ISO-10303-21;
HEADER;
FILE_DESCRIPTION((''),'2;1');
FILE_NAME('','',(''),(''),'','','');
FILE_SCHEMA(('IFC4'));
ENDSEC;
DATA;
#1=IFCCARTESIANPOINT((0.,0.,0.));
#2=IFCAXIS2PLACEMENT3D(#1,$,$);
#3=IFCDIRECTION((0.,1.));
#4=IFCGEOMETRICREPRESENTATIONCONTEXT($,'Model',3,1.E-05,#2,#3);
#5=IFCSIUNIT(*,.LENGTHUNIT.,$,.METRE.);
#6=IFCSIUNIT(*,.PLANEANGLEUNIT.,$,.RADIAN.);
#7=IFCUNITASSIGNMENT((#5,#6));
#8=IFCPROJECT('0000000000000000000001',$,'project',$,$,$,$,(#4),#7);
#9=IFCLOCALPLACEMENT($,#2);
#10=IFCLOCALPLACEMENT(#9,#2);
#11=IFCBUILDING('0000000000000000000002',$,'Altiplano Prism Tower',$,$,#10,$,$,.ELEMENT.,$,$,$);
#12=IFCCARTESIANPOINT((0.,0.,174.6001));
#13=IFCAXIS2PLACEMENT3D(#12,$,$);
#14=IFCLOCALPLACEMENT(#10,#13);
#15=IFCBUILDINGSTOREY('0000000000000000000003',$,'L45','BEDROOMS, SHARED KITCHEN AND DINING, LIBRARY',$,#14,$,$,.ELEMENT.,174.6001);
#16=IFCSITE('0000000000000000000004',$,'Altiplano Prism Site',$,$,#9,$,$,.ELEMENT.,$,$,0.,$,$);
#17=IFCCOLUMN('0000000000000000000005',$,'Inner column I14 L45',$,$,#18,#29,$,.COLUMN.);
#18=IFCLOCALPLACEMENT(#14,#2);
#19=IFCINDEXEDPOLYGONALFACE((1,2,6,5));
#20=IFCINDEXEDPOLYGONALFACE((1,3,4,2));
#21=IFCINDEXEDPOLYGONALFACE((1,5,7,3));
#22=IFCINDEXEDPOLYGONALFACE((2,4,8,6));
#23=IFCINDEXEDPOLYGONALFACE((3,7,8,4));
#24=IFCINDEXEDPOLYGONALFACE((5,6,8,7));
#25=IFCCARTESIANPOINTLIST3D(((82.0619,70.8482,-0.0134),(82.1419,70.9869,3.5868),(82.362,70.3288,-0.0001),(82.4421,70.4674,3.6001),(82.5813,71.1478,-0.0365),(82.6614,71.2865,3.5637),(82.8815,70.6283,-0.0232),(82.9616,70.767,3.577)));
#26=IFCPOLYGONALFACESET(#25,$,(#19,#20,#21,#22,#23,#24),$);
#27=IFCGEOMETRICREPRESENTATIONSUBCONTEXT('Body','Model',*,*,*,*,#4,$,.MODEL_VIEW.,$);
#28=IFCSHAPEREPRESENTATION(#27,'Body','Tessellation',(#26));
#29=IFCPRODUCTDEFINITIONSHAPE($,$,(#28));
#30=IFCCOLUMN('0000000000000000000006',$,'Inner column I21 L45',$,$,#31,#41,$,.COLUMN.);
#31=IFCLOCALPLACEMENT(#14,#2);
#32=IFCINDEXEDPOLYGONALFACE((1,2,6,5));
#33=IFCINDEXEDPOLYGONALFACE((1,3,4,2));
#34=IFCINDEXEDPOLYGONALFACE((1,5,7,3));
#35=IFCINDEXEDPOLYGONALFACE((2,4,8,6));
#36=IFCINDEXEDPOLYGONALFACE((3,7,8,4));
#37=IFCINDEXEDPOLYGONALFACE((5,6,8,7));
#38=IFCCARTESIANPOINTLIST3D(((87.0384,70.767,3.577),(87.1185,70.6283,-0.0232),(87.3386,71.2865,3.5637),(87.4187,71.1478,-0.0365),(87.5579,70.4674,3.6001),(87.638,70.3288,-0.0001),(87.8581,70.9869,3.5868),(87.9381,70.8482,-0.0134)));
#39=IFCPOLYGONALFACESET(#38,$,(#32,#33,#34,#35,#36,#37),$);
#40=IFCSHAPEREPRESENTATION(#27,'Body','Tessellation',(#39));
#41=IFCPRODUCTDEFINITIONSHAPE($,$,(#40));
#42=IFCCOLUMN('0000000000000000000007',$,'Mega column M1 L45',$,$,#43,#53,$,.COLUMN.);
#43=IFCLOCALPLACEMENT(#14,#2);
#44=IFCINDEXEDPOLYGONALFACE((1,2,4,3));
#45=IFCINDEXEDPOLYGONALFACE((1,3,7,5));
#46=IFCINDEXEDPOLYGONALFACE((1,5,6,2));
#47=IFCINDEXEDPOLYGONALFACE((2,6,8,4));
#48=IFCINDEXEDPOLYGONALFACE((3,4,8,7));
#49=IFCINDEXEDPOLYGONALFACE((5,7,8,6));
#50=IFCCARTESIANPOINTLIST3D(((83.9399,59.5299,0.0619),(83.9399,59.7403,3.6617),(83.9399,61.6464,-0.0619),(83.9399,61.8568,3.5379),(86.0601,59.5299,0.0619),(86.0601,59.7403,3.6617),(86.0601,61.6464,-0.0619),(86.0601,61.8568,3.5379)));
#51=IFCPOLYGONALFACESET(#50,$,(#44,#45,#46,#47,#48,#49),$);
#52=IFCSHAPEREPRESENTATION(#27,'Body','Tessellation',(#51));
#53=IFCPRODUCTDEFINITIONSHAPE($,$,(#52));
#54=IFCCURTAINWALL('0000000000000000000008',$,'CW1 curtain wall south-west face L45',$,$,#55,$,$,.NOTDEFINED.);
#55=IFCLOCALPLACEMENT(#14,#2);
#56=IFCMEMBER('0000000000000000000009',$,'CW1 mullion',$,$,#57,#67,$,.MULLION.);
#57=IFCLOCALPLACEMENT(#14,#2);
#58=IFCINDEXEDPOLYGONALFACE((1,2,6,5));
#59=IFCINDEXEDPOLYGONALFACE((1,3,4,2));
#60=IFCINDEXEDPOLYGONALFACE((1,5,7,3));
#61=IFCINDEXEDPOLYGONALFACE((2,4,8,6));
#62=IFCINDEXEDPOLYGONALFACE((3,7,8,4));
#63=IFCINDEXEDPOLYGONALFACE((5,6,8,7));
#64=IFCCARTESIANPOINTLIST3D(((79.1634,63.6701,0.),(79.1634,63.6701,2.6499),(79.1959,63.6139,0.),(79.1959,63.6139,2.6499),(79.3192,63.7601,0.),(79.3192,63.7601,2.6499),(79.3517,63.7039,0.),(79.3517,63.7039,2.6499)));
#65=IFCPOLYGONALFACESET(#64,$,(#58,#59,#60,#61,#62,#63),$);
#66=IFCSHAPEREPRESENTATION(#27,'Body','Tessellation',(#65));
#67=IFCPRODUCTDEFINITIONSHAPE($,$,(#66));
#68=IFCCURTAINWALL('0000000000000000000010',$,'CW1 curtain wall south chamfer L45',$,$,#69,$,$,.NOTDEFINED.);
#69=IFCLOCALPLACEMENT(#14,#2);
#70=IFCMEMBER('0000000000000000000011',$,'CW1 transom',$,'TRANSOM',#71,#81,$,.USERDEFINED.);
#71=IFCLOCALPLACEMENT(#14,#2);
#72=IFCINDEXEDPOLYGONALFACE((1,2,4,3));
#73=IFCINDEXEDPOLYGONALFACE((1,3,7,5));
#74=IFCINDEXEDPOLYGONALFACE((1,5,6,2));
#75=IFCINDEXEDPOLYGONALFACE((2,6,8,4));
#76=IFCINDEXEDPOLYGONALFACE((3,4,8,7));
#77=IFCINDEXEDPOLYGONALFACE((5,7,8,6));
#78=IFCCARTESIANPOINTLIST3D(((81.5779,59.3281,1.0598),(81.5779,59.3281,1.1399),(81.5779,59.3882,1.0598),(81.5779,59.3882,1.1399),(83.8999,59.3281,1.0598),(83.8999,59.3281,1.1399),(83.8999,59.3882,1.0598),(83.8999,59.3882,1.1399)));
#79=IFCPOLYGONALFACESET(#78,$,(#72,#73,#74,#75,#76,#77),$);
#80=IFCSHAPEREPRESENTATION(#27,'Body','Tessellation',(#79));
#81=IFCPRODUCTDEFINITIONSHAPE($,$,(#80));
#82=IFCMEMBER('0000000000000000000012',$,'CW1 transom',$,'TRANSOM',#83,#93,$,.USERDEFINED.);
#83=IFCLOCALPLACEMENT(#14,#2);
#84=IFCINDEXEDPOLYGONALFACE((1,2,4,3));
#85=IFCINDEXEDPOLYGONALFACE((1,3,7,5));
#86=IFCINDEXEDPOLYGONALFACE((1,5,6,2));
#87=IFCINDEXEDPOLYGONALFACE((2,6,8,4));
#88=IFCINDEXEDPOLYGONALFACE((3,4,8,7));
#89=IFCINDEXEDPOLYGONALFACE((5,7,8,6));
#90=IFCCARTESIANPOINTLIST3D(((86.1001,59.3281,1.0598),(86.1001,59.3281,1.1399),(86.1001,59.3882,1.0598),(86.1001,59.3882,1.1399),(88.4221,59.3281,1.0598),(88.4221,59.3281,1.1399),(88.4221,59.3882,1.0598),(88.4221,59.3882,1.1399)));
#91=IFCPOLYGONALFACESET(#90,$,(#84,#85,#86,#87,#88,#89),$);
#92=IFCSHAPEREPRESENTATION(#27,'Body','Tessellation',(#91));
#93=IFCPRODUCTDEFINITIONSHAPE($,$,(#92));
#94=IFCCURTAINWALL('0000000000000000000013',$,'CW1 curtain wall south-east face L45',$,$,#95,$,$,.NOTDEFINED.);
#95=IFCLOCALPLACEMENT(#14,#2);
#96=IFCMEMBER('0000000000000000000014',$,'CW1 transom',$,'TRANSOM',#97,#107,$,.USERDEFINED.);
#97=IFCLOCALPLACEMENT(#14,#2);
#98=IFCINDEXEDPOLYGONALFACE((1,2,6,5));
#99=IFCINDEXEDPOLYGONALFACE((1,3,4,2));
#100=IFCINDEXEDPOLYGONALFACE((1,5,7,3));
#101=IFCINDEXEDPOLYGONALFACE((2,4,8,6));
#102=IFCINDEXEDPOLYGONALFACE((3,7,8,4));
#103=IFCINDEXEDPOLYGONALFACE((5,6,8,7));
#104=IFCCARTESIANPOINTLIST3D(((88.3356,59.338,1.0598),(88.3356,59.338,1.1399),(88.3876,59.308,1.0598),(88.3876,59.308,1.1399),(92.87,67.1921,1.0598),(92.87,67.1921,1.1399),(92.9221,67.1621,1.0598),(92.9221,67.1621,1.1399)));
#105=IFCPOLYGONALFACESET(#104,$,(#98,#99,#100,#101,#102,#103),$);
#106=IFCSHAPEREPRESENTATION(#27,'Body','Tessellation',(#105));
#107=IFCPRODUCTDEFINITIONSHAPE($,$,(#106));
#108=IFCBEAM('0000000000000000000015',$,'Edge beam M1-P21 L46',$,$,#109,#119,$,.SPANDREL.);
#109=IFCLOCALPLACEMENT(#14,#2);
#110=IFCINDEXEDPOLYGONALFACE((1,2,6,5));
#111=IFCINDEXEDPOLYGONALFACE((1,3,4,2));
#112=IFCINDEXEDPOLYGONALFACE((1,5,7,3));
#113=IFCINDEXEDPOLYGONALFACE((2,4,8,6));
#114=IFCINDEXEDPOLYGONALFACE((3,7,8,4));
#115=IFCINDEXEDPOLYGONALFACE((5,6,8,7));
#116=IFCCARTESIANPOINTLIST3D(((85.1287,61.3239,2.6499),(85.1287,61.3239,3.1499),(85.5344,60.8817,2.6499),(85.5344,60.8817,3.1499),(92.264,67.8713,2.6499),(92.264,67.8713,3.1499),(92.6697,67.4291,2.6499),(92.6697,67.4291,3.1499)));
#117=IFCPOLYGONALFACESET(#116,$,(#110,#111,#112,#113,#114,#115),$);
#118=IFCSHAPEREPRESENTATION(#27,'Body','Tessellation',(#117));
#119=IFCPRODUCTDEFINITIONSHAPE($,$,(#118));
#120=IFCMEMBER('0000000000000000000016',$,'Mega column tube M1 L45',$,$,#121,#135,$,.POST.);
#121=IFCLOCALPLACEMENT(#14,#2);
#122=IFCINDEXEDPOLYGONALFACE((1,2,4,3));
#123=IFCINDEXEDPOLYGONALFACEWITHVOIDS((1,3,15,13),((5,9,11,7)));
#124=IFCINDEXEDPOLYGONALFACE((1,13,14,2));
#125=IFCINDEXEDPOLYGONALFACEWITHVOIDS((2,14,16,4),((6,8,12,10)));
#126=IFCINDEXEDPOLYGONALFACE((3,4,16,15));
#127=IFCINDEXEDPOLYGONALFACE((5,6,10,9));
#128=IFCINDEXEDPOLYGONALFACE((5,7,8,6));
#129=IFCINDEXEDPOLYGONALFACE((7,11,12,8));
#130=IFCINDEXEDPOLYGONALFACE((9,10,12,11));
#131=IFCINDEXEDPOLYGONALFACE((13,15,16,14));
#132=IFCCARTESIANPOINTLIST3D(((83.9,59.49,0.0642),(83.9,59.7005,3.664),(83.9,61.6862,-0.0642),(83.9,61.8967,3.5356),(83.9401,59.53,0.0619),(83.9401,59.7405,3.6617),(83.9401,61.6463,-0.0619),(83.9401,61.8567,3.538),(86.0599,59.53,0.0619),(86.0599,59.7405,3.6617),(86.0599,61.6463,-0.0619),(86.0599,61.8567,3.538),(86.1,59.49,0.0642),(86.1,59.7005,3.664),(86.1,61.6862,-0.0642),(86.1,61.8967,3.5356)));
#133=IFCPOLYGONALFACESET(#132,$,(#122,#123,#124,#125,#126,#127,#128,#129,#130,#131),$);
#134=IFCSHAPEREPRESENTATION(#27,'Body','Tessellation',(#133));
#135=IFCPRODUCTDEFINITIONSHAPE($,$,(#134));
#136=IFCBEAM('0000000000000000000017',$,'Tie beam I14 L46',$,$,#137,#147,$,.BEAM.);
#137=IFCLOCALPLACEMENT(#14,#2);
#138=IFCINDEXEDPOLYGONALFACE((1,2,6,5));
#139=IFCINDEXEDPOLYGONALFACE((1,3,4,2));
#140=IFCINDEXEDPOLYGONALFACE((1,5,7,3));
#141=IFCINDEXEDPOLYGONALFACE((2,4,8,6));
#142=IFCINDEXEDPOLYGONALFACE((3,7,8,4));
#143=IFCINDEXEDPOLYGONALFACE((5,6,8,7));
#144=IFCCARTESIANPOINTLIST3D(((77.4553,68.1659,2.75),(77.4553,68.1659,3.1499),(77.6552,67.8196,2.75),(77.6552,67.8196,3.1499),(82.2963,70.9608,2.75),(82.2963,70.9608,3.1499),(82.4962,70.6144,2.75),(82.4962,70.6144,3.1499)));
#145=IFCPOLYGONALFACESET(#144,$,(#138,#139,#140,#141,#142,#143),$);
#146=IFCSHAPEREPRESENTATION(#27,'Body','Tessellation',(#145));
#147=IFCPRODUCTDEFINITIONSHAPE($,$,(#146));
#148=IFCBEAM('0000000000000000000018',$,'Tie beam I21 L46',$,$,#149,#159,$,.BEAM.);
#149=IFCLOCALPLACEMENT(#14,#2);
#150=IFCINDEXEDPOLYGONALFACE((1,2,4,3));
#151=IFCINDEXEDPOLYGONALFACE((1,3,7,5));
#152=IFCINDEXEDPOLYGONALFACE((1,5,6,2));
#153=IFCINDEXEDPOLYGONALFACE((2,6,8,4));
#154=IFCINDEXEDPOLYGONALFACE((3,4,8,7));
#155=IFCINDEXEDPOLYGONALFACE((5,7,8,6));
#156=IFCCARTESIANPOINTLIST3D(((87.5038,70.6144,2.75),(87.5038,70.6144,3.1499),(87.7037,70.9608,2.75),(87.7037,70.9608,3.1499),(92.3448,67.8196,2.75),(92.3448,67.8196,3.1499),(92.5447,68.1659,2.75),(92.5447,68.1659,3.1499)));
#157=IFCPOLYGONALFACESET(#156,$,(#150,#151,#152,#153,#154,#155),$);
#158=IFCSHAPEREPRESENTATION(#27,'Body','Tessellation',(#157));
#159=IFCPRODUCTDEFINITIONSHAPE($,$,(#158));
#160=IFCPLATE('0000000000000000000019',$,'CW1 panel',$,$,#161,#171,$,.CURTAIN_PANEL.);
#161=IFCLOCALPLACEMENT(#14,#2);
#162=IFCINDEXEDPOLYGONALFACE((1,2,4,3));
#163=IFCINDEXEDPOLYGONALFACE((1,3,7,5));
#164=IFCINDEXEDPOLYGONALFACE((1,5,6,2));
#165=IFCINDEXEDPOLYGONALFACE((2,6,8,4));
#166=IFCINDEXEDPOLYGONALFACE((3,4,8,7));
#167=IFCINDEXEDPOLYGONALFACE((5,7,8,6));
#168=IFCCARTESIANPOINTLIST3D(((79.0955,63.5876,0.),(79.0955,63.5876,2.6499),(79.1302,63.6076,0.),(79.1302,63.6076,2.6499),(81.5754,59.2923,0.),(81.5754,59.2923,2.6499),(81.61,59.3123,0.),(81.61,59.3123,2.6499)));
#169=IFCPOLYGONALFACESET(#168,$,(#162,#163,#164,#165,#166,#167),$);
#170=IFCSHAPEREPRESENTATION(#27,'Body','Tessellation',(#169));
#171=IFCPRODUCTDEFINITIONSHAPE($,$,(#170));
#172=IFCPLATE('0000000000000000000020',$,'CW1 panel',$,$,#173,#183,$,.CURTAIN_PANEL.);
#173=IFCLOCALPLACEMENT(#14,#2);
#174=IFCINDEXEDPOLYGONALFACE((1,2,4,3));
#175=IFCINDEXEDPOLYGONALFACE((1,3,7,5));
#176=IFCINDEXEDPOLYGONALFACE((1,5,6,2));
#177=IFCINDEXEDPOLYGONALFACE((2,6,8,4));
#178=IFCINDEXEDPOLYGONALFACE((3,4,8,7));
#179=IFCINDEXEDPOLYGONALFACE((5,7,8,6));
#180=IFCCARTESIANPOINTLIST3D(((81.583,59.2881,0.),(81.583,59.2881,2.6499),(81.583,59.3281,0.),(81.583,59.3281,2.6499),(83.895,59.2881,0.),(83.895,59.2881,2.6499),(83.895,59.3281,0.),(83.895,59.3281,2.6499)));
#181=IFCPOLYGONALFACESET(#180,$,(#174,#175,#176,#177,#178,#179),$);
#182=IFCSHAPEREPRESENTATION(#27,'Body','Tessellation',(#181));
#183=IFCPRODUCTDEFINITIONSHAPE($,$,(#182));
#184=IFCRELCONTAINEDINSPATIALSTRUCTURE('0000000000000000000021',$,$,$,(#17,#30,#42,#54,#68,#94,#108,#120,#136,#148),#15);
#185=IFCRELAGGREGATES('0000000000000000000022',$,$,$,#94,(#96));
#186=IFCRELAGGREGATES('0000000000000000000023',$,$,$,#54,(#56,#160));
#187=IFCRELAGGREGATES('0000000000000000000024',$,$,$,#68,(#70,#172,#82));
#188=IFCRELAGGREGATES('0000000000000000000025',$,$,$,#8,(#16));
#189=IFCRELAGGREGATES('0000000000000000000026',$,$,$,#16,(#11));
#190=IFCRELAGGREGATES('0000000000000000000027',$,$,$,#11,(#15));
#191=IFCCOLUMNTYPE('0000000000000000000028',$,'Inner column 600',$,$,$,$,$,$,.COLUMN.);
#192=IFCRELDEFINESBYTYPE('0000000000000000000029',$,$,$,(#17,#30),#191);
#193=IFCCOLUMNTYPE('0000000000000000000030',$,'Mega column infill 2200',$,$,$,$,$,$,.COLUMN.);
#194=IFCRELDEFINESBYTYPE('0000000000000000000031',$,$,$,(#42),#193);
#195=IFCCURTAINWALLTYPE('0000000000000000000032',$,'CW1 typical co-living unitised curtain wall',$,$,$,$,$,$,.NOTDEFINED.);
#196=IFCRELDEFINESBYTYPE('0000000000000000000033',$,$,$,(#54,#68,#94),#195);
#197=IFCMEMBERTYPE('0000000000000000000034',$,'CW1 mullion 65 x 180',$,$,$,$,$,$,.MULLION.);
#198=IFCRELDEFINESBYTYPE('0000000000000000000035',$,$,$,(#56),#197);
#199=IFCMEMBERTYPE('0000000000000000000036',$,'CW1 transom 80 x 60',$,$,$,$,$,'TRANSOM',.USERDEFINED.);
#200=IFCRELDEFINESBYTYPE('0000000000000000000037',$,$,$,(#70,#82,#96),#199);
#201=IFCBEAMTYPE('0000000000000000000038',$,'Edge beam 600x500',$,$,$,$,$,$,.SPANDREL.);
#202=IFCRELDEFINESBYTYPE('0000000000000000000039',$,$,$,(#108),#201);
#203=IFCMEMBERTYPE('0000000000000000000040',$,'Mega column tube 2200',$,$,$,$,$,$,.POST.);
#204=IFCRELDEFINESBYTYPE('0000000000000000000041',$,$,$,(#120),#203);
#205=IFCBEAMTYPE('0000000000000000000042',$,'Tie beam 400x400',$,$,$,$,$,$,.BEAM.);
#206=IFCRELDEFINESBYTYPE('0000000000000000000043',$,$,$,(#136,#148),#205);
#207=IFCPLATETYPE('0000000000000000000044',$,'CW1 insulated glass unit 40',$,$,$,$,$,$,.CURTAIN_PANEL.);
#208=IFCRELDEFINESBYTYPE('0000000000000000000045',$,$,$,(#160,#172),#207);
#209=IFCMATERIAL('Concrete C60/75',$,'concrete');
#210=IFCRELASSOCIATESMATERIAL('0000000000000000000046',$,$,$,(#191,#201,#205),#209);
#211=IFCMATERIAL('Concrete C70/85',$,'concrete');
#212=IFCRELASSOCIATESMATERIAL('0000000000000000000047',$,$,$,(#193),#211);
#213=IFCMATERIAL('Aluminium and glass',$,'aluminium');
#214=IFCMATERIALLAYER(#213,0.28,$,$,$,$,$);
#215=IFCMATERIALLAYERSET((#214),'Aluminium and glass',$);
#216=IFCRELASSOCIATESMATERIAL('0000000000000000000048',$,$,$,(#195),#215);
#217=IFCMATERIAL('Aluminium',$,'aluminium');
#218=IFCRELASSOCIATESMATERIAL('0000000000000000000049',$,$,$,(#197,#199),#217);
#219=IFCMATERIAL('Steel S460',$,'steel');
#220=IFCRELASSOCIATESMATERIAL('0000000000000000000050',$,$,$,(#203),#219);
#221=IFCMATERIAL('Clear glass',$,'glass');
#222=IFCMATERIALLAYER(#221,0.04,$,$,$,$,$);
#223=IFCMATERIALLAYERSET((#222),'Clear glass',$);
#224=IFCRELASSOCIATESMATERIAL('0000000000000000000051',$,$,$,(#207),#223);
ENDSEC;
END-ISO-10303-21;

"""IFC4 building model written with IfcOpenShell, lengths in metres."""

from ifc_helpers import new_model, si_unit, direction, frame, origin, origin_2d, place, context, subcontext, project, spatial, rectangle, hollow_rectangle, extrude, material, layer, layer_set, material_profile, profile_set, type_object, element, aggregate, save


model = new_model("IFC4")

# Units and contexts
model_context = context("Model", 3, precision=1e-05, world=origin(), true_north=direction((0.0, 1.0)))
body_context = subcontext(model_context, "Body", "Model", "MODEL_VIEW")
ifc_project = project(units=[si_unit("LENGTHUNIT", "METRE"), si_unit("PLANEANGLEUNIT", "RADIAN")], contexts=[model_context])

# Site, building, storey
site_placement = place(None, origin())
site = spatial("IfcSite", under=ifc_project, at=site_placement, Name="Altiplano Prism Site", CompositionType="ELEMENT", RefElevation=0.0)
building_placement = place(site_placement, origin())
building = spatial("IfcBuilding", under=site, at=building_placement, Name="Altiplano Prism Tower", CompositionType="ELEMENT")
storey_placement = place(building_placement, frame((0.0, 0.0, 174.6001)))
storey = spatial("IfcBuildingStorey", under=building, at=storey_placement, Name="L45", Description="BEDROOMS, SHARED KITCHEN AND DINING, LIBRARY", CompositionType="ELEMENT", Elevation=174.6001)

# Columns
ifc_material_1 = material(Name="Concrete C60/75", Category="concrete")
ifc_material_profile_1 = material_profile(ifc_material_1, rectangle(XDim=0.6001, YDim=0.6001, at=origin_2d()), Name="Inner column 600")
ifc_profile_set_1 = profile_set([ifc_material_profile_1], Name="Concrete C60/75")
column_type_1 = type_object("IfcColumnType", Name="Inner column 600", PredefinedType="COLUMN", material=ifc_profile_set_1)
for number, where, z_axis, x_axis, name in (
    (1, (82.4717, 70.7383, -0.0183), (0.022221, 0.038481, 0.999012), (-0.865638, -0.49919, 0.038483), "Inner column I14 L45"),
    (2, (87.5283, 70.7383, -0.0183), (-0.022221, 0.038481, 0.999012), (-0.500177, -0.865638, 0.022218), "Inner column I21 L45"),
):
    element("IfcColumn", number, at=place(storey_placement, frame(where, z_axis=z_axis, x_axis=x_axis)), inside=storey, type_object=column_type_1, Name=name, PredefinedType="COLUMN", context=body_context, shape_type="SweptSolid", body=[
        extrude(rectangle(XDim=0.6001, YDim=0.6001, at=origin_2d()), origin(), (0.0, 0.0, 1.0), 3.6038),
    ])
ifc_material_2 = material(Name="Concrete C70/85", Category="concrete")
ifc_material_profile_2 = material_profile(ifc_material_2, rectangle(XDim=2.1201, YDim=2.1201, at=origin_2d()), Name="Mega column infill 2200")
ifc_profile_set_2 = profile_set([ifc_material_profile_2], Name="Concrete C70/85")
column_type_2 = type_object("IfcColumnType", Name="Mega column infill 2200", PredefinedType="COLUMN", material=ifc_profile_set_2)
column_placement = place(storey_placement, frame((85.0, 60.5881, 0.0), z_axis=(0.0, 0.058361, 0.998296), x_axis=(-1.0, 0.0, 0.0)))
element("IfcColumn", 3, at=column_placement, inside=storey, type_object=column_type_2, Name="Mega column M1 L45", PredefinedType="COLUMN", context=body_context, shape_type="SweptSolid", body=[
    extrude(rectangle(XDim=2.1201, YDim=2.1201, at=origin_2d()), origin(), (0.0, 0.0, 1.0), 3.606),
])

# Curtain wall, member
ifc_material_3 = material(Name="Aluminium and glass", Category="aluminium")
ifc_layer_1 = layer(ifc_material_3, 0.28)
ifc_layer_set_1 = layer_set([ifc_layer_1], Name="Aluminium and glass")
curtain_wall_type = type_object("IfcCurtainWallType", Name="CW1 typical co-living unitised curtain wall", PredefinedType="NOTDEFINED", material=ifc_layer_set_1)
curtain_wall_1_placement = place(storey_placement, origin())
curtain_wall_1 = element("IfcCurtainWall", 4, at=curtain_wall_1_placement, inside=storey, type_object=curtain_wall_type, Name="CW1 curtain wall south-west face L45", PredefinedType="NOTDEFINED")
ifc_material_4 = material(Name="Aluminium", Category="aluminium")
ifc_material_profile_3 = material_profile(ifc_material_4, rectangle(XDim=0.1799, YDim=0.0649, at=origin_2d()), Name="CW1 mullion 65 x 180")
ifc_profile_set_3 = profile_set([ifc_material_profile_3], Name="Aluminium")
member_type_1 = type_object("IfcMemberType", Name="CW1 mullion 65 x 180", PredefinedType="MULLION", material=ifc_profile_set_3)
member_1_placement = place(storey_placement, frame((79.2576, 63.687, 0.0), z_axis=(0.0, 0.0, 1.0), x_axis=(0.866025, 0.5, 0.0)))
member_1 = element("IfcMember", 5, at=member_1_placement, type_object=member_type_1, Name="CW1 mullion", PredefinedType="MULLION", context=body_context, shape_type="SweptSolid", body=[
    extrude(rectangle(XDim=0.1799, YDim=0.0649, at=origin_2d()), origin(), (0.0, 0.0, 1.0), 2.6499),
])

# Curtain wall, members
curtain_wall_2_placement = place(storey_placement, origin())
curtain_wall_2 = element("IfcCurtainWall", 6, at=curtain_wall_2_placement, inside=storey, type_object=curtain_wall_type, Name="CW1 curtain wall south chamfer L45", PredefinedType="NOTDEFINED")
ifc_material_profile_4 = material_profile(ifc_material_4, rectangle(XDim=0.0601, YDim=0.0801, at=origin_2d()), Name="CW1 transom 80 x 60")
ifc_profile_set_4 = profile_set([ifc_material_profile_4], Name="Aluminium")
member_type_2 = type_object("IfcMemberType", Name="CW1 transom 80 x 60", ElementType="TRANSOM", PredefinedType="USERDEFINED", material=ifc_profile_set_4)
member_2_placement = place(storey_placement, frame((81.5779, 59.3582, 1.0999), z_axis=(1.0, 0.0, 0.0), x_axis=(0.0, 1.0, 0.0)))
member_2 = element("IfcMember", 7, at=member_2_placement, type_object=member_type_2, Name="CW1 transom", ObjectType="TRANSOM", PredefinedType="USERDEFINED", context=body_context, shape_type="SweptSolid", body=[
    extrude(rectangle(XDim=0.0601, YDim=0.0801, at=origin_2d()), origin(), (0.0, 0.0, 1.0), 2.322),
])
member_3_placement = place(storey_placement, frame((86.1001, 59.3582, 1.0999), z_axis=(1.0, 0.0, 0.0), x_axis=(0.0, 1.0, 0.0)))
member_3 = element("IfcMember", 8, at=member_3_placement, type_object=member_type_2, Name="CW1 transom", ObjectType="TRANSOM", PredefinedType="USERDEFINED", context=body_context, shape_type="SweptSolid", body=[
    extrude(rectangle(XDim=0.0601, YDim=0.0801, at=origin_2d()), origin(), (0.0, 0.0, 1.0), 2.322),
])

# Curtain wall, member
curtain_wall_3_placement = place(storey_placement, origin())
curtain_wall_3 = element("IfcCurtainWall", 9, at=curtain_wall_3_placement, inside=storey, type_object=curtain_wall_type, Name="CW1 curtain wall south-east face L45", PredefinedType="NOTDEFINED")
member_4_placement = place(storey_placement, frame((88.3616, 59.323, 1.0999), z_axis=(0.499993, 0.86603, 0.0), x_axis=(-0.86603, 0.499993, 0.0)))
member_4 = element("IfcMember", 10, at=member_4_placement, type_object=member_type_2, Name="CW1 transom", ObjectType="TRANSOM", PredefinedType="USERDEFINED", context=body_context, shape_type="SweptSolid", body=[
    extrude(rectangle(XDim=0.0601, YDim=0.0801, at=origin_2d()), origin(), (0.0, 0.0, 1.0), 9.0691),
])
aggregate(curtain_wall_3, [member_4])

# Beam
ifc_material_profile_5 = material_profile(ifc_material_1, rectangle(XDim=0.6001, YDim=0.5, at=origin_2d()), Name="Edge beam 600x500")
ifc_profile_set_5 = profile_set([ifc_material_profile_5], Name="Concrete C60/75")
beam_type_1 = type_object("IfcBeamType", Name="Edge beam 600x500", PredefinedType="SPANDREL", material=ifc_profile_set_5)
beam_placement = place(storey_placement, frame((85.3315, 61.1028, 2.8999), z_axis=(0.736809, 0.676101, 0.0), x_axis=(-0.676101, 0.736809, 0.0)))
element("IfcBeam", 11, at=beam_placement, inside=storey, type_object=beam_type_1, Name="Edge beam M1-P21 L46", PredefinedType="SPANDREL", context=body_context, shape_type="SweptSolid", body=[
    extrude(rectangle(XDim=0.6001, YDim=0.5, at=origin_2d()), origin(), (0.0, 0.0, 1.0), 9.6841),
])

# Member
ifc_material_5 = material(Name="Steel S460", Category="steel")
ifc_material_profile_6 = material_profile(ifc_material_5, hollow_rectangle(XDim=2.2, YDim=2.2, WallThickness=0.04, at=origin_2d()), Name="Mega column tube 2200")
ifc_profile_set_6 = profile_set([ifc_material_profile_6], Name="Steel S460")
member_type_3 = type_object("IfcMemberType", Name="Mega column tube 2200", PredefinedType="POST", material=ifc_profile_set_6)
member_5_placement = place(storey_placement, frame((85.0, 60.5881, 0.0), z_axis=(0.0, 0.058361, 0.998296), x_axis=(-1.0, 0.0, 0.0)))
element("IfcMember", 12, at=member_5_placement, inside=storey, type_object=member_type_3, Name="Mega column tube M1 L45", PredefinedType="POST", context=body_context, shape_type="SweptSolid", body=[
    extrude(hollow_rectangle(XDim=2.2, YDim=2.2, WallThickness=0.04, at=origin_2d()), origin(), (0.0, 0.0, 1.0), 3.606),
])

# Beams
ifc_material_profile_7 = material_profile(ifc_material_1, rectangle(XDim=0.3999, YDim=0.3999, at=origin_2d()), Name="Tie beam 400x400")
ifc_profile_set_7 = profile_set([ifc_material_profile_7], Name="Concrete C60/75")
beam_type_2 = type_object("IfcBeamType", Name="Tie beam 400x400", PredefinedType="BEAM", material=ifc_profile_set_7)
for number, where, z_axis, x_axis, name in (
    (13, (82.3962, 70.7876, 2.95), (-0.866031, -0.499991, 0.0), (0.499991, -0.866031, 0.0), "Tie beam I14 L46"),
    (14, (87.6038, 70.7876, 2.95), (0.866031, -0.499991, 0.0), (0.499991, 0.866031, 0.0), "Tie beam I21 L46"),
):
    element("IfcBeam", number, at=place(storey_placement, frame(where, z_axis=z_axis, x_axis=x_axis)), inside=storey, type_object=beam_type_2, Name=name, PredefinedType="BEAM", context=body_context, shape_type="SweptSolid", body=[
        extrude(rectangle(XDim=0.3999, YDim=0.3999, at=origin_2d()), origin(), (0.0, 0.0, 1.0), 5.5898),
    ])

# Plates
ifc_material_6 = material(Name="Clear glass", Category="glass")
ifc_layer_2 = layer(ifc_material_6, 0.04)
ifc_layer_set_2 = layer_set([ifc_layer_2], Name="Clear glass")
plate_type = type_object("IfcPlateType", Name="CW1 insulated glass unit 40", PredefinedType="CURTAIN_PANEL", material=ifc_layer_set_2)
plate_1_placement = place(storey_placement, frame((80.3528, 61.45, 0.0), z_axis=(0.0, 0.0, 1.0), x_axis=(0.5, -0.866025, 0.0)))
plate_1 = element("IfcPlate", 15, at=plate_1_placement, type_object=plate_type, Name="CW1 panel", PredefinedType="CURTAIN_PANEL", context=body_context, shape_type="SweptSolid", body=[
    extrude(rectangle(XDim=4.9597, YDim=0.04, at=origin_2d()), origin(), (0.0, 0.0, 1.0), 2.6499),
])
aggregate(curtain_wall_1, [member_1, plate_1])
plate_2_placement = place(storey_placement, frame((82.739, 59.3081, 0.0), z_axis=(0.0, 0.0, 1.0), x_axis=(1.0, 0.0, 0.0)))
plate_2 = element("IfcPlate", 16, at=plate_2_placement, type_object=plate_type, Name="CW1 panel", PredefinedType="CURTAIN_PANEL", context=body_context, shape_type="SweptSolid", body=[
    extrude(rectangle(XDim=2.312, YDim=0.04, at=origin_2d()), origin(), (0.0, 0.0, 1.0), 2.6499),
])
aggregate(curtain_wall_2, [member_2, plate_2, member_3])

save(model, "model.ifc")
